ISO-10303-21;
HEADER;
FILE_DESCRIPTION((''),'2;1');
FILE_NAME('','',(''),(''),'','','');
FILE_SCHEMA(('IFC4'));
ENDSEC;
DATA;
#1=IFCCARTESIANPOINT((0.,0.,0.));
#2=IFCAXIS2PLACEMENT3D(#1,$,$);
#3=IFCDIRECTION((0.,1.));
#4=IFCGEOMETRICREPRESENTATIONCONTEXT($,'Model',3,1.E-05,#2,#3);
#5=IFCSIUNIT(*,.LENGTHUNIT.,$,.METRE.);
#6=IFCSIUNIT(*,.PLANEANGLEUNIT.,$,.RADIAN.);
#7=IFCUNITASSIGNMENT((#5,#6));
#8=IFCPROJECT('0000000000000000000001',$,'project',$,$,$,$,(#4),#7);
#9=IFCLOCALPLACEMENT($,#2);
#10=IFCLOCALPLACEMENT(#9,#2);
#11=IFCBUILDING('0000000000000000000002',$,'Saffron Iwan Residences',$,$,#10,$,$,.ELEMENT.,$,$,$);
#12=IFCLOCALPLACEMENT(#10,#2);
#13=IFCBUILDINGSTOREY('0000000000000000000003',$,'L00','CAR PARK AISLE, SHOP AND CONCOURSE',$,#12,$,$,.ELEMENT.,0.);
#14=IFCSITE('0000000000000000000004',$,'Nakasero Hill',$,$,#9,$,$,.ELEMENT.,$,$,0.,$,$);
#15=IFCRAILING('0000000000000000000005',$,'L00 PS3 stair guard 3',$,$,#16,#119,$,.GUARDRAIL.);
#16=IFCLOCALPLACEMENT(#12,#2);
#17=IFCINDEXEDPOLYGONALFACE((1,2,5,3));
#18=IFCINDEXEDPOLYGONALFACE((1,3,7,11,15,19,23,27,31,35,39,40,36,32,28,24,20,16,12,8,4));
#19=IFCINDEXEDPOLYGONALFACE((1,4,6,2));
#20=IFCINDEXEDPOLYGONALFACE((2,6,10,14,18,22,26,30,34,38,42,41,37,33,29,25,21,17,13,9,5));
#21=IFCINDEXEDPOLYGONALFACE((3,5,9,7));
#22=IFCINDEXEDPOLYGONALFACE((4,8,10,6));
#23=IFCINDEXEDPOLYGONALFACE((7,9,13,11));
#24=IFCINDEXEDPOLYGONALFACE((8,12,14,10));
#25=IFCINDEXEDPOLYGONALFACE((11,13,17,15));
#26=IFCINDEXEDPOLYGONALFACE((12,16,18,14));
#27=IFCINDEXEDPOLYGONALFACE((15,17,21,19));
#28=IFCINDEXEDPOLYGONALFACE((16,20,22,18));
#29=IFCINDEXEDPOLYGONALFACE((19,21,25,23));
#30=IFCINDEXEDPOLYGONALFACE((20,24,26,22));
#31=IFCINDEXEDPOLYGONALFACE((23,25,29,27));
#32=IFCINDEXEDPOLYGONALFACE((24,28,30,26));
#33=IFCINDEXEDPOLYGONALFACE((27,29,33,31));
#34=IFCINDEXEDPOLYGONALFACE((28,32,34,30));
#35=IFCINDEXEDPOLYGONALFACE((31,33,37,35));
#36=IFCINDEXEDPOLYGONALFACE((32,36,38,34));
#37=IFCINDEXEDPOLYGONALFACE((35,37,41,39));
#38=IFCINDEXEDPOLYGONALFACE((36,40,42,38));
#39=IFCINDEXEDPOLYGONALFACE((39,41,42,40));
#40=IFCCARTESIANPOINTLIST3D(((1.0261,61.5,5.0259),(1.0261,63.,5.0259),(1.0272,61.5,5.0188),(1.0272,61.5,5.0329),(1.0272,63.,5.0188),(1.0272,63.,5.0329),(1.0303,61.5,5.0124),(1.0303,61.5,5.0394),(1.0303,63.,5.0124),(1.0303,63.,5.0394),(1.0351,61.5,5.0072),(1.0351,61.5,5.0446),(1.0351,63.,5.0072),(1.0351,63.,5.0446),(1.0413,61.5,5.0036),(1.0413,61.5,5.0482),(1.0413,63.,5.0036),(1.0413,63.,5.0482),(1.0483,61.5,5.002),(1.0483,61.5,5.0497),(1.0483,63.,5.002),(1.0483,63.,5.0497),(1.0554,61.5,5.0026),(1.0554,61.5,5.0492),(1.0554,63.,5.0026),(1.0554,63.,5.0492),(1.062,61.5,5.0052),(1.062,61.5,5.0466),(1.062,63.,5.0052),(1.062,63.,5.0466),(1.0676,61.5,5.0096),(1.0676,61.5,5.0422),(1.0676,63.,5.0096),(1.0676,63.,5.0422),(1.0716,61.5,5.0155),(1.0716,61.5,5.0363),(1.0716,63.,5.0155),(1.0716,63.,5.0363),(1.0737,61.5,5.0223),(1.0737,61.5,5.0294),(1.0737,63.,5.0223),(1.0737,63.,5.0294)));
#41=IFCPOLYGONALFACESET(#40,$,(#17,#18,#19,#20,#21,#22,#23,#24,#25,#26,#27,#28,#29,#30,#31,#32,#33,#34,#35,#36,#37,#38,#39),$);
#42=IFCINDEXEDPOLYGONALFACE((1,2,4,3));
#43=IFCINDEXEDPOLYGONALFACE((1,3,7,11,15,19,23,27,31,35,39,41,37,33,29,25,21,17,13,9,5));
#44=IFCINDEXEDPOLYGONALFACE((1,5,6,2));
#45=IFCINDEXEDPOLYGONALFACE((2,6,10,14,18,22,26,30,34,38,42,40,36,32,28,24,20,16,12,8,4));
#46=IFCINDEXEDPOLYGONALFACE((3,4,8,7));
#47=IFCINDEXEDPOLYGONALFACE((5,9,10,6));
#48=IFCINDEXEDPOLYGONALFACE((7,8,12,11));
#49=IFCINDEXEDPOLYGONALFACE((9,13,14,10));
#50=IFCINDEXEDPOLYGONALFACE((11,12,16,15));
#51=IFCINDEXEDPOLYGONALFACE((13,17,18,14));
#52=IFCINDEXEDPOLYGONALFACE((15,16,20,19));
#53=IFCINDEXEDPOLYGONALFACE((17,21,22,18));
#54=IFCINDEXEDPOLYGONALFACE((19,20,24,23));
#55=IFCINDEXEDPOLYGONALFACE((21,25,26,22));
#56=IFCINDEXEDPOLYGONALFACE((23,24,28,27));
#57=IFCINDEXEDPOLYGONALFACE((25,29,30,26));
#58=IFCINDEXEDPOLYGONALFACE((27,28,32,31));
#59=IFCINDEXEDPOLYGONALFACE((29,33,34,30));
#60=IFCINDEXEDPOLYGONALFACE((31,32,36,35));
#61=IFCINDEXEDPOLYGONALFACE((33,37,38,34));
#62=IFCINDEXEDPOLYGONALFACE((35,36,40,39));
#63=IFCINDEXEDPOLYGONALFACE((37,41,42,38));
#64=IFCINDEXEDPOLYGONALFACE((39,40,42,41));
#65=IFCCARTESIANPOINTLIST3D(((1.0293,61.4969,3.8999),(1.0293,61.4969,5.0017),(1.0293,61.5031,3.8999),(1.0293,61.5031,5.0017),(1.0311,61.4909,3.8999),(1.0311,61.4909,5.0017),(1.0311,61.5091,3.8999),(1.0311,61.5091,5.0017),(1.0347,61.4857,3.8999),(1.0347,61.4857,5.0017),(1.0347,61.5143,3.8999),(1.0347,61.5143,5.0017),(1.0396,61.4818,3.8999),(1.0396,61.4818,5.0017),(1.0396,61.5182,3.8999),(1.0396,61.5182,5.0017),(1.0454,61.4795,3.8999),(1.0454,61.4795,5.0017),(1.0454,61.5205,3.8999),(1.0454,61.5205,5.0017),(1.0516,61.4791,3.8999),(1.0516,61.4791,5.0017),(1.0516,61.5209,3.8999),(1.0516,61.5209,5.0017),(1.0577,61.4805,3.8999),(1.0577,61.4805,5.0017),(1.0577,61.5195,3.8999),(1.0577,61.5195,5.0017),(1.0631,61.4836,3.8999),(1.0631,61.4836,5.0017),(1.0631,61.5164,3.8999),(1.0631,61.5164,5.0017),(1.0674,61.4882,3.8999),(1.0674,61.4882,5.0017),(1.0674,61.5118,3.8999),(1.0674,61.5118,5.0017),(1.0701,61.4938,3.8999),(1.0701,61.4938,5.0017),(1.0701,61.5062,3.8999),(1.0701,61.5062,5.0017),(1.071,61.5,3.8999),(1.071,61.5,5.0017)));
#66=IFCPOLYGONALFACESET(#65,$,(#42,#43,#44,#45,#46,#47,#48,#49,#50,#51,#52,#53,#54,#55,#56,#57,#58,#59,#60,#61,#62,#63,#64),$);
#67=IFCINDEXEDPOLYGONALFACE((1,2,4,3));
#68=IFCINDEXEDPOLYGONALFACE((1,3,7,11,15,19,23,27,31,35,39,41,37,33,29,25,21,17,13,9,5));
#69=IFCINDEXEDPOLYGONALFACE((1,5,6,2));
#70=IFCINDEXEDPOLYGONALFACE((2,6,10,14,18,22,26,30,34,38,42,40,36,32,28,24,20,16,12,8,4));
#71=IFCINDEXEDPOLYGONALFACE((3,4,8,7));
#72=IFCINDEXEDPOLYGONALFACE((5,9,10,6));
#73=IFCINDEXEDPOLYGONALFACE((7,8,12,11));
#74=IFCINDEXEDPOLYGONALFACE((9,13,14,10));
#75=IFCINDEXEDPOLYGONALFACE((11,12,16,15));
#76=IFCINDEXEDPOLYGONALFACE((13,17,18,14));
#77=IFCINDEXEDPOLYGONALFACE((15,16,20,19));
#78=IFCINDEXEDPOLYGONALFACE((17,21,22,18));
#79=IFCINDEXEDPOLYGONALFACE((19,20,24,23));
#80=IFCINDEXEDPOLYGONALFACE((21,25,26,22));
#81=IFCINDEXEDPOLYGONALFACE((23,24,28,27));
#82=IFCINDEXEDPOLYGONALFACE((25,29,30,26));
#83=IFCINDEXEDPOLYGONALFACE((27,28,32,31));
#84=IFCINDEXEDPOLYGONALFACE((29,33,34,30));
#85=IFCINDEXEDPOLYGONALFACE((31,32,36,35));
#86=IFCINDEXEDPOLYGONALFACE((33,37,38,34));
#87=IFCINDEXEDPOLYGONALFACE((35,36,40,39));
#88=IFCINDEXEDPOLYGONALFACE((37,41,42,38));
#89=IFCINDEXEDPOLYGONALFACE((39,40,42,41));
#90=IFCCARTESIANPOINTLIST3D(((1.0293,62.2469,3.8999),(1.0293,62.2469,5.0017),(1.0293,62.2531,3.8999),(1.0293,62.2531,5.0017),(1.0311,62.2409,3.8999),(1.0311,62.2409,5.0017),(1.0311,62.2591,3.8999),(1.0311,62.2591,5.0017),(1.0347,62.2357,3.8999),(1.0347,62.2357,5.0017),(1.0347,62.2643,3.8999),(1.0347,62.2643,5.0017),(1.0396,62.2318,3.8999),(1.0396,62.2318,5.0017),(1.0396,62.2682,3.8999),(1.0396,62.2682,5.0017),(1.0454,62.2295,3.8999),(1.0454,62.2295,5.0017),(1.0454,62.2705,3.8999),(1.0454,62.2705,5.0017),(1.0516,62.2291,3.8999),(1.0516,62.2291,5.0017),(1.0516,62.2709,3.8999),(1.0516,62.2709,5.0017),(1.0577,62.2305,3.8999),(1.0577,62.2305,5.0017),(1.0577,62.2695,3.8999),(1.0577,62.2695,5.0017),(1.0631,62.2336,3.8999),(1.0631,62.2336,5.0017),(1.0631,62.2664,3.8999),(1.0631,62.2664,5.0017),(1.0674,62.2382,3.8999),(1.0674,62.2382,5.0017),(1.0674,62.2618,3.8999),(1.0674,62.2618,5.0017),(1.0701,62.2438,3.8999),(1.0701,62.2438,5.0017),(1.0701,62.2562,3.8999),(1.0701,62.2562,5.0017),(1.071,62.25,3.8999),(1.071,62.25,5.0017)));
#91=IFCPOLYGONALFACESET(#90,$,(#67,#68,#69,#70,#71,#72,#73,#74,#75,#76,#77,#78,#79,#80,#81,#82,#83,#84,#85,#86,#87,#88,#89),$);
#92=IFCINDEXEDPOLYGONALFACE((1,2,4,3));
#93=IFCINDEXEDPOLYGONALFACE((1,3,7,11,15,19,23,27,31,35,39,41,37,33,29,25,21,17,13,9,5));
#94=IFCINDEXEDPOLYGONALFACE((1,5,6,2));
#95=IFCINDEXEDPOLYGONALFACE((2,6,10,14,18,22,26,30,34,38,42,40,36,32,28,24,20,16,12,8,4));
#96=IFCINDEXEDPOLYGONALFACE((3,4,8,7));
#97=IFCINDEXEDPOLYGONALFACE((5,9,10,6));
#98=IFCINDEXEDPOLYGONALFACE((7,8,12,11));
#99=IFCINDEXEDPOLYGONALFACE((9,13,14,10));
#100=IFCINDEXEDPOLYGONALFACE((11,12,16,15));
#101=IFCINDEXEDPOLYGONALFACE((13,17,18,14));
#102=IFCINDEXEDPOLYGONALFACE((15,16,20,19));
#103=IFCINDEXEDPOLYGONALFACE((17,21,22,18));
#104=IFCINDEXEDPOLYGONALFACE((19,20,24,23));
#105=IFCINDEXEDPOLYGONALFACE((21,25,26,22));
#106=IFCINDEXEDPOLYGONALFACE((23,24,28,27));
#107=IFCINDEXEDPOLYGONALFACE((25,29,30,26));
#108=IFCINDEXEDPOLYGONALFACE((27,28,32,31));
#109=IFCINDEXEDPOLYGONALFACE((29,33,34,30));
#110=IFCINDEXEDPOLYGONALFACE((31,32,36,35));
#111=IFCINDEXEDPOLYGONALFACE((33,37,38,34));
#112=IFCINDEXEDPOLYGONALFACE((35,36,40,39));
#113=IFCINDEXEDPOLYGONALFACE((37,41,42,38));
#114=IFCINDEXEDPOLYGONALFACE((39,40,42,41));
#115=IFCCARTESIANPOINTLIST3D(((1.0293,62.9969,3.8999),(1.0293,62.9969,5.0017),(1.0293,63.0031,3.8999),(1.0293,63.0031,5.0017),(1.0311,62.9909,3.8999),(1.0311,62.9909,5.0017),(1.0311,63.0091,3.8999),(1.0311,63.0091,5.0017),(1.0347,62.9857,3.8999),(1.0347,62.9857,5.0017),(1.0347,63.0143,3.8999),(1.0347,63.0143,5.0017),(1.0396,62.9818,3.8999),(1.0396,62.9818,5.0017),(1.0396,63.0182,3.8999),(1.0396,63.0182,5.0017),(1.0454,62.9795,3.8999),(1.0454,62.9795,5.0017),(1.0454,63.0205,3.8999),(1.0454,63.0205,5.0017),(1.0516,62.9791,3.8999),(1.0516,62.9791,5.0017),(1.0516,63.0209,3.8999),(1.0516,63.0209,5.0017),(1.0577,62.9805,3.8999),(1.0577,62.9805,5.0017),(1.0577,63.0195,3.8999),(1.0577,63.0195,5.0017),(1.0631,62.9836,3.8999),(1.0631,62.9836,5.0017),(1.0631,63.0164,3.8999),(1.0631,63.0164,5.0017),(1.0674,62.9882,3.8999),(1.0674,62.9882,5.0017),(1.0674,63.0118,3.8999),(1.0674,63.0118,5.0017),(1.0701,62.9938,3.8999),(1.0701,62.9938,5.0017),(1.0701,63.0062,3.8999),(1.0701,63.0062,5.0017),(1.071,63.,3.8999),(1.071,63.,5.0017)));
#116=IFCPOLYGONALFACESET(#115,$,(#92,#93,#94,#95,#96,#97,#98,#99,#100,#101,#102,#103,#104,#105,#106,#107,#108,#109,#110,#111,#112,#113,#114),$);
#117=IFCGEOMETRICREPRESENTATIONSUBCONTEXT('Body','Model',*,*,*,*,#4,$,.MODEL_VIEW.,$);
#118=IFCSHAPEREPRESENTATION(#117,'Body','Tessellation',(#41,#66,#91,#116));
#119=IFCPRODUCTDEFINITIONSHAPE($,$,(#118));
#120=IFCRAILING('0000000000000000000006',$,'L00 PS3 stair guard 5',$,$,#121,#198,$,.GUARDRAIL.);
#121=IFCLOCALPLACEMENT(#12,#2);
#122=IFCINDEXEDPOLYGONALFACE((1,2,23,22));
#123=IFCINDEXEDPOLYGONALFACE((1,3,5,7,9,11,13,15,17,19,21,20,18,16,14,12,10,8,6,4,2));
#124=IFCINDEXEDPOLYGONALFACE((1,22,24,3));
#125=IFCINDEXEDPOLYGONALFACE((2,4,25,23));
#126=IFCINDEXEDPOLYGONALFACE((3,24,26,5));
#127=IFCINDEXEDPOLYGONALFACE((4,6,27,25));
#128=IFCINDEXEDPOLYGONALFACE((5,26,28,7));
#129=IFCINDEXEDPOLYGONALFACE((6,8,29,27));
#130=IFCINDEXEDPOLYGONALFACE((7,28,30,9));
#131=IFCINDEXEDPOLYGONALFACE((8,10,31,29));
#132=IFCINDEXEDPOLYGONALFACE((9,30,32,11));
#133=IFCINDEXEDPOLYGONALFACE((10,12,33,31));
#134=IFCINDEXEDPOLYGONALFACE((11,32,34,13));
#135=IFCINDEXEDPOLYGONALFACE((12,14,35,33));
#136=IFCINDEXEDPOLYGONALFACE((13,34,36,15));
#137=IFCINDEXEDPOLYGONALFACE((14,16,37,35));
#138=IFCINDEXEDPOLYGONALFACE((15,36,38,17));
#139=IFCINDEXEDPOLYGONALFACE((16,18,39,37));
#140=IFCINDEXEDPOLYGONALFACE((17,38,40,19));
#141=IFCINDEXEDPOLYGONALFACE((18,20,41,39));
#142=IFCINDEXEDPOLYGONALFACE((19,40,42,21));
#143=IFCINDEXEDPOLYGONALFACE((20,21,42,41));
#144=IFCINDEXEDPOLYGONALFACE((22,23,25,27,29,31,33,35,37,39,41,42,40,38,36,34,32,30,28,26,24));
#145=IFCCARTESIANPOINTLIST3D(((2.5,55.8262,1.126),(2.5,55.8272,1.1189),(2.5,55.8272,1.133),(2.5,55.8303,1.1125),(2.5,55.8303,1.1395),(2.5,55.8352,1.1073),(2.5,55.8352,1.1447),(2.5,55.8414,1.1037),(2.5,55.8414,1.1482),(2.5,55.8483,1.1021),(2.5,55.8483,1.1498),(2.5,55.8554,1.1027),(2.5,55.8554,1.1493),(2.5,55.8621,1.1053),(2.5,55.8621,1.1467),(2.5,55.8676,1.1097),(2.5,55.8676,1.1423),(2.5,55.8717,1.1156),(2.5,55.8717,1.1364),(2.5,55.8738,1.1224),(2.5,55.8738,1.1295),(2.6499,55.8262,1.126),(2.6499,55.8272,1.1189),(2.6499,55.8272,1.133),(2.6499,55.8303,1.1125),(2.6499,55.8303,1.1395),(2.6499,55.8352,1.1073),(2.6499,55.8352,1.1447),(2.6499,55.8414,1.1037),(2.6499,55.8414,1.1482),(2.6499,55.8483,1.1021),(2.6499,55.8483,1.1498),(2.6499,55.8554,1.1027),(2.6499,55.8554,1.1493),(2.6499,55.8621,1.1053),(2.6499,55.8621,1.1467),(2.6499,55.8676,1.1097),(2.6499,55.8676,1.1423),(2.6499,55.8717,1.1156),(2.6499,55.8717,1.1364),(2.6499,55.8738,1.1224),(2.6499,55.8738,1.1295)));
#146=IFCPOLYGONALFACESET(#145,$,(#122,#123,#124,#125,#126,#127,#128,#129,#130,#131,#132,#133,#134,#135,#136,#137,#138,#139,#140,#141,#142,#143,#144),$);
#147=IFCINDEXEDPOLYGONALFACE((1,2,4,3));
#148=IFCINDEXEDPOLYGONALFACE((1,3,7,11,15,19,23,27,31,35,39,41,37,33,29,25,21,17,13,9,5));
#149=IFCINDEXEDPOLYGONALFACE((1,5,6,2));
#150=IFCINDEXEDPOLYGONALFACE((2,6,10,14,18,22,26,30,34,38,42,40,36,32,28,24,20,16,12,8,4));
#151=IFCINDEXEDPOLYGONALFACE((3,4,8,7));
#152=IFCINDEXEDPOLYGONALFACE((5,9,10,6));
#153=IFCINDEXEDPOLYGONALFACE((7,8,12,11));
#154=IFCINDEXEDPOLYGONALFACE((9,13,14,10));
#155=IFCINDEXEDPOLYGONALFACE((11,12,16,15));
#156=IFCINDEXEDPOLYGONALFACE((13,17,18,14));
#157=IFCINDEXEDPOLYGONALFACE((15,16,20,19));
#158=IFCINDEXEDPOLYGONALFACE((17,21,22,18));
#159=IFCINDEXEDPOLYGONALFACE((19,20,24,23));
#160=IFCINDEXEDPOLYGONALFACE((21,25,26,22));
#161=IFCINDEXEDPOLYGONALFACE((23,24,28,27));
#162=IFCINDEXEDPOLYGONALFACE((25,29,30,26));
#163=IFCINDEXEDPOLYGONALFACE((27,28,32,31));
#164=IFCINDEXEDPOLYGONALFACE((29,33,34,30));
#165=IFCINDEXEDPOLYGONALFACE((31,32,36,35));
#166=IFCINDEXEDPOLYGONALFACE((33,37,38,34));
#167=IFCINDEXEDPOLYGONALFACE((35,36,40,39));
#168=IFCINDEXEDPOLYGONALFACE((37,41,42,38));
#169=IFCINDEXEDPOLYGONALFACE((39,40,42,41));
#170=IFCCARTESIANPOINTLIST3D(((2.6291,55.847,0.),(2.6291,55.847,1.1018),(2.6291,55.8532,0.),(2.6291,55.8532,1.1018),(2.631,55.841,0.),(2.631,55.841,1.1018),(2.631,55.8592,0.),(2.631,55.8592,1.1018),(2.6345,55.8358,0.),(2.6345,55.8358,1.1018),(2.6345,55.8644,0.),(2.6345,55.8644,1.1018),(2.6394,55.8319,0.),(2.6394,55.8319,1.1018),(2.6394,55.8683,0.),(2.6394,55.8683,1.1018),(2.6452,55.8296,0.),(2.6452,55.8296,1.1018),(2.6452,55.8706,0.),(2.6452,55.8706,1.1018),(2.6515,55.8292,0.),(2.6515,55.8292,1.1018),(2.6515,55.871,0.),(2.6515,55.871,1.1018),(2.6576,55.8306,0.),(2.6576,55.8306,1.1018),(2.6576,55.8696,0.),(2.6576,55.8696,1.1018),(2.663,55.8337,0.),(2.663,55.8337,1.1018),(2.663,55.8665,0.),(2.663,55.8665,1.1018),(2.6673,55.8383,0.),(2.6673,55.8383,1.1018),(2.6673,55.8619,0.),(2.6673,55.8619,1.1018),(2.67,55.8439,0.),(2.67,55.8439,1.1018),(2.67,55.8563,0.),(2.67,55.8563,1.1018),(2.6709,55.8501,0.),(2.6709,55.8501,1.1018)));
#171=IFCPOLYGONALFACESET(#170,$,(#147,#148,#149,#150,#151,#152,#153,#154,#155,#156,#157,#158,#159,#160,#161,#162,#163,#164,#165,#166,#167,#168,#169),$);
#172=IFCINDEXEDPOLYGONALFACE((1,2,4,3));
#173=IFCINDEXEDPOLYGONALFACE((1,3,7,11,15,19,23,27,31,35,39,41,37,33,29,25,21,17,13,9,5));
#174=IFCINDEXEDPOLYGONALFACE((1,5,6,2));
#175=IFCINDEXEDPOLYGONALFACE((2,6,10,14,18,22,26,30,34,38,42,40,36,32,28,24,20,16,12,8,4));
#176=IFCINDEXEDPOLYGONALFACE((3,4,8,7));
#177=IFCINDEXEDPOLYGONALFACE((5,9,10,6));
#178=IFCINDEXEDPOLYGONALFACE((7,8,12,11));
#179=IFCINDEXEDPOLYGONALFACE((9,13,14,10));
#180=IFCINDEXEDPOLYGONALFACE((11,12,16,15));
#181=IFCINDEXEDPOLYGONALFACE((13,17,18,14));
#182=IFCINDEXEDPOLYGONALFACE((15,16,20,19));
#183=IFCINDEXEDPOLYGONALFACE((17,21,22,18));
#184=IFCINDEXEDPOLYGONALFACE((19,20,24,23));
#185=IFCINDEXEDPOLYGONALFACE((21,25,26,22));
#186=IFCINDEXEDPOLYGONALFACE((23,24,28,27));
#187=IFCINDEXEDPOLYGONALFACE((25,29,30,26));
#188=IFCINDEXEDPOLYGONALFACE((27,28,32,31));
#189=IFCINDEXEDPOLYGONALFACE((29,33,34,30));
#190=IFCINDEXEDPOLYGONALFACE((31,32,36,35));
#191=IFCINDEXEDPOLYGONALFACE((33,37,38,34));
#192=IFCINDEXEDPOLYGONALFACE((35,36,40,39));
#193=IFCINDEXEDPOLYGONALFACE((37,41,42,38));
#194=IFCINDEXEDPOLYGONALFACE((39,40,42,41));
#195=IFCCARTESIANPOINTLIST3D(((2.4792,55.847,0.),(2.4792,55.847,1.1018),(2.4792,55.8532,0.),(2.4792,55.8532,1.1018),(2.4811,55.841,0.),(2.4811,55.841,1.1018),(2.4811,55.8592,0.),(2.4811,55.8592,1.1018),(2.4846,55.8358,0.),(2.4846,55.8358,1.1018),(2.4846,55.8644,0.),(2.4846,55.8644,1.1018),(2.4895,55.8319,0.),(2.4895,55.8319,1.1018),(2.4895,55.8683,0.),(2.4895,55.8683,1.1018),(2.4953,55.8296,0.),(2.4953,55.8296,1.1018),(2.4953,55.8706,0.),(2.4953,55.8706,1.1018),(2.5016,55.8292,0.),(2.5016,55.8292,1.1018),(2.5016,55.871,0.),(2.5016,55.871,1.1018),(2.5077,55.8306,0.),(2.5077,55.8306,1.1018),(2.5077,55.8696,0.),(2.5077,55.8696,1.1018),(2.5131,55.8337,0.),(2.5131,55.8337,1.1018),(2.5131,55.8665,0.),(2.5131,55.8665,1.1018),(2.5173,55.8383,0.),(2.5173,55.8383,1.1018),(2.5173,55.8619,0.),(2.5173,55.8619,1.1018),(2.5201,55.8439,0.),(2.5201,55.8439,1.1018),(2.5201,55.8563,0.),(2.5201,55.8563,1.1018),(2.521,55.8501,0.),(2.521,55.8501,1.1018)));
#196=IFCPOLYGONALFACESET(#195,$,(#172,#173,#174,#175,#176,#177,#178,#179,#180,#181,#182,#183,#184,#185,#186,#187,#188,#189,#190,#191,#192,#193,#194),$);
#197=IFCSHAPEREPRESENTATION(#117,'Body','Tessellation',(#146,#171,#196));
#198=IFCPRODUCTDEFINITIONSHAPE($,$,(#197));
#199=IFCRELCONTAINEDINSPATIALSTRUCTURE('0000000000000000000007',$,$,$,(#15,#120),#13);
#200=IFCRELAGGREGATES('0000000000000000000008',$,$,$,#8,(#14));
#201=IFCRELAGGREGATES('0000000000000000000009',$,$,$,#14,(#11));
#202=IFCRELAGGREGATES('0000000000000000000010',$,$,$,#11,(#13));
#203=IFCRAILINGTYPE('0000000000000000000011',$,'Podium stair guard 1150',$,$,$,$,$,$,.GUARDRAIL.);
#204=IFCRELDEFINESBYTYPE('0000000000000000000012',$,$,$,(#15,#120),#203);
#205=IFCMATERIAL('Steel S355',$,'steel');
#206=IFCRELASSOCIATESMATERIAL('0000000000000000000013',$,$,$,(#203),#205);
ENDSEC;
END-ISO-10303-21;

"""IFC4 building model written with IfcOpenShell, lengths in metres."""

from ifc_helpers import new_model, si_unit, direction, frame, origin, origin_2d, place, context, subcontext, project, spatial, circle, extrude, material, type_object, element, save


model = new_model("IFC4")

# Units and contexts
model_context = context("Model", 3, precision=1e-05, world=origin(), true_north=direction((0.0, 1.0)))
body_context = subcontext(model_context, "Body", "Model", "MODEL_VIEW")
ifc_project = project(units=[si_unit("LENGTHUNIT", "METRE"), si_unit("PLANEANGLEUNIT", "RADIAN")], contexts=[model_context])

# Site, building, storey
site_placement = place(None, origin())
site = spatial("IfcSite", under=ifc_project, at=site_placement, Name="Nakasero Hill", CompositionType="ELEMENT", RefElevation=0.0)
building_placement = place(site_placement, origin())
building = spatial("IfcBuilding", under=site, at=building_placement, Name="Saffron Iwan Residences", CompositionType="ELEMENT")
storey_placement = place(building_placement, origin())
storey = spatial("IfcBuildingStorey", under=building, at=storey_placement, Name="L00", Description="CAR PARK AISLE, SHOP AND CONCOURSE", CompositionType="ELEMENT", Elevation=0.0)

# Railings
ifc_material_1 = material(Name="Steel S355", Category="steel")
railing_type_1 = type_object("IfcRailingType", Name="Podium stair guard 1150", PredefinedType="GUARDRAIL", material=ifc_material_1)
railing_1_placement = place(storey_placement, frame((1.05, 61.5, 3.8999)))
element("IfcRailing", 1, at=railing_1_placement, inside=storey, type_object=railing_type_1, Name="L00 PS3 stair guard 3", PredefinedType="GUARDRAIL", context=body_context, shape_type="SweptSolid", body=[
    extrude(circle(Radius=0.0239, at=origin_2d()), frame((0.0, 0.0, 1.126), z_axis=(0.0, 1.0, 0.0), x_axis=(-1.0, 0.0, 0.0)), (0.0, 0.0, 1.0), 1.5),
    extrude(circle(Radius=0.021, at=origin_2d()), origin(), (0.0, 0.0, 1.0), 1.1018),
    extrude(circle(Radius=0.021, at=origin_2d()), frame((0.0, 0.75, 0.0)), (0.0, 0.0, 1.0), 1.1018),
    extrude(circle(Radius=0.021, at=origin_2d()), frame((0.0, 1.5, 0.0)), (0.0, 0.0, 1.0), 1.1018),
])
railing_2_placement = place(storey_placement, frame((2.6499, 55.8501, 0.0)))
element("IfcRailing", 2, at=railing_2_placement, inside=storey, type_object=railing_type_1, Name="L00 PS3 stair guard 5", PredefinedType="GUARDRAIL", context=body_context, shape_type="SweptSolid", body=[
    extrude(circle(Radius=0.0239, at=origin_2d()), frame((0.0, 0.0, 1.126), z_axis=(-1.0, 0.0, 0.0), x_axis=(0.0, -1.0, 0.0)), (0.0, 0.0, 1.0), 0.1499),
    extrude(circle(Radius=0.021, at=origin_2d()), origin(), (0.0, 0.0, 1.0), 1.1018),
    extrude(circle(Radius=0.021, at=origin_2d()), frame((-0.1499, 0.0, 0.0)), (0.0, 0.0, 1.0), 1.1018),
])

save(model, "model.ifc")
